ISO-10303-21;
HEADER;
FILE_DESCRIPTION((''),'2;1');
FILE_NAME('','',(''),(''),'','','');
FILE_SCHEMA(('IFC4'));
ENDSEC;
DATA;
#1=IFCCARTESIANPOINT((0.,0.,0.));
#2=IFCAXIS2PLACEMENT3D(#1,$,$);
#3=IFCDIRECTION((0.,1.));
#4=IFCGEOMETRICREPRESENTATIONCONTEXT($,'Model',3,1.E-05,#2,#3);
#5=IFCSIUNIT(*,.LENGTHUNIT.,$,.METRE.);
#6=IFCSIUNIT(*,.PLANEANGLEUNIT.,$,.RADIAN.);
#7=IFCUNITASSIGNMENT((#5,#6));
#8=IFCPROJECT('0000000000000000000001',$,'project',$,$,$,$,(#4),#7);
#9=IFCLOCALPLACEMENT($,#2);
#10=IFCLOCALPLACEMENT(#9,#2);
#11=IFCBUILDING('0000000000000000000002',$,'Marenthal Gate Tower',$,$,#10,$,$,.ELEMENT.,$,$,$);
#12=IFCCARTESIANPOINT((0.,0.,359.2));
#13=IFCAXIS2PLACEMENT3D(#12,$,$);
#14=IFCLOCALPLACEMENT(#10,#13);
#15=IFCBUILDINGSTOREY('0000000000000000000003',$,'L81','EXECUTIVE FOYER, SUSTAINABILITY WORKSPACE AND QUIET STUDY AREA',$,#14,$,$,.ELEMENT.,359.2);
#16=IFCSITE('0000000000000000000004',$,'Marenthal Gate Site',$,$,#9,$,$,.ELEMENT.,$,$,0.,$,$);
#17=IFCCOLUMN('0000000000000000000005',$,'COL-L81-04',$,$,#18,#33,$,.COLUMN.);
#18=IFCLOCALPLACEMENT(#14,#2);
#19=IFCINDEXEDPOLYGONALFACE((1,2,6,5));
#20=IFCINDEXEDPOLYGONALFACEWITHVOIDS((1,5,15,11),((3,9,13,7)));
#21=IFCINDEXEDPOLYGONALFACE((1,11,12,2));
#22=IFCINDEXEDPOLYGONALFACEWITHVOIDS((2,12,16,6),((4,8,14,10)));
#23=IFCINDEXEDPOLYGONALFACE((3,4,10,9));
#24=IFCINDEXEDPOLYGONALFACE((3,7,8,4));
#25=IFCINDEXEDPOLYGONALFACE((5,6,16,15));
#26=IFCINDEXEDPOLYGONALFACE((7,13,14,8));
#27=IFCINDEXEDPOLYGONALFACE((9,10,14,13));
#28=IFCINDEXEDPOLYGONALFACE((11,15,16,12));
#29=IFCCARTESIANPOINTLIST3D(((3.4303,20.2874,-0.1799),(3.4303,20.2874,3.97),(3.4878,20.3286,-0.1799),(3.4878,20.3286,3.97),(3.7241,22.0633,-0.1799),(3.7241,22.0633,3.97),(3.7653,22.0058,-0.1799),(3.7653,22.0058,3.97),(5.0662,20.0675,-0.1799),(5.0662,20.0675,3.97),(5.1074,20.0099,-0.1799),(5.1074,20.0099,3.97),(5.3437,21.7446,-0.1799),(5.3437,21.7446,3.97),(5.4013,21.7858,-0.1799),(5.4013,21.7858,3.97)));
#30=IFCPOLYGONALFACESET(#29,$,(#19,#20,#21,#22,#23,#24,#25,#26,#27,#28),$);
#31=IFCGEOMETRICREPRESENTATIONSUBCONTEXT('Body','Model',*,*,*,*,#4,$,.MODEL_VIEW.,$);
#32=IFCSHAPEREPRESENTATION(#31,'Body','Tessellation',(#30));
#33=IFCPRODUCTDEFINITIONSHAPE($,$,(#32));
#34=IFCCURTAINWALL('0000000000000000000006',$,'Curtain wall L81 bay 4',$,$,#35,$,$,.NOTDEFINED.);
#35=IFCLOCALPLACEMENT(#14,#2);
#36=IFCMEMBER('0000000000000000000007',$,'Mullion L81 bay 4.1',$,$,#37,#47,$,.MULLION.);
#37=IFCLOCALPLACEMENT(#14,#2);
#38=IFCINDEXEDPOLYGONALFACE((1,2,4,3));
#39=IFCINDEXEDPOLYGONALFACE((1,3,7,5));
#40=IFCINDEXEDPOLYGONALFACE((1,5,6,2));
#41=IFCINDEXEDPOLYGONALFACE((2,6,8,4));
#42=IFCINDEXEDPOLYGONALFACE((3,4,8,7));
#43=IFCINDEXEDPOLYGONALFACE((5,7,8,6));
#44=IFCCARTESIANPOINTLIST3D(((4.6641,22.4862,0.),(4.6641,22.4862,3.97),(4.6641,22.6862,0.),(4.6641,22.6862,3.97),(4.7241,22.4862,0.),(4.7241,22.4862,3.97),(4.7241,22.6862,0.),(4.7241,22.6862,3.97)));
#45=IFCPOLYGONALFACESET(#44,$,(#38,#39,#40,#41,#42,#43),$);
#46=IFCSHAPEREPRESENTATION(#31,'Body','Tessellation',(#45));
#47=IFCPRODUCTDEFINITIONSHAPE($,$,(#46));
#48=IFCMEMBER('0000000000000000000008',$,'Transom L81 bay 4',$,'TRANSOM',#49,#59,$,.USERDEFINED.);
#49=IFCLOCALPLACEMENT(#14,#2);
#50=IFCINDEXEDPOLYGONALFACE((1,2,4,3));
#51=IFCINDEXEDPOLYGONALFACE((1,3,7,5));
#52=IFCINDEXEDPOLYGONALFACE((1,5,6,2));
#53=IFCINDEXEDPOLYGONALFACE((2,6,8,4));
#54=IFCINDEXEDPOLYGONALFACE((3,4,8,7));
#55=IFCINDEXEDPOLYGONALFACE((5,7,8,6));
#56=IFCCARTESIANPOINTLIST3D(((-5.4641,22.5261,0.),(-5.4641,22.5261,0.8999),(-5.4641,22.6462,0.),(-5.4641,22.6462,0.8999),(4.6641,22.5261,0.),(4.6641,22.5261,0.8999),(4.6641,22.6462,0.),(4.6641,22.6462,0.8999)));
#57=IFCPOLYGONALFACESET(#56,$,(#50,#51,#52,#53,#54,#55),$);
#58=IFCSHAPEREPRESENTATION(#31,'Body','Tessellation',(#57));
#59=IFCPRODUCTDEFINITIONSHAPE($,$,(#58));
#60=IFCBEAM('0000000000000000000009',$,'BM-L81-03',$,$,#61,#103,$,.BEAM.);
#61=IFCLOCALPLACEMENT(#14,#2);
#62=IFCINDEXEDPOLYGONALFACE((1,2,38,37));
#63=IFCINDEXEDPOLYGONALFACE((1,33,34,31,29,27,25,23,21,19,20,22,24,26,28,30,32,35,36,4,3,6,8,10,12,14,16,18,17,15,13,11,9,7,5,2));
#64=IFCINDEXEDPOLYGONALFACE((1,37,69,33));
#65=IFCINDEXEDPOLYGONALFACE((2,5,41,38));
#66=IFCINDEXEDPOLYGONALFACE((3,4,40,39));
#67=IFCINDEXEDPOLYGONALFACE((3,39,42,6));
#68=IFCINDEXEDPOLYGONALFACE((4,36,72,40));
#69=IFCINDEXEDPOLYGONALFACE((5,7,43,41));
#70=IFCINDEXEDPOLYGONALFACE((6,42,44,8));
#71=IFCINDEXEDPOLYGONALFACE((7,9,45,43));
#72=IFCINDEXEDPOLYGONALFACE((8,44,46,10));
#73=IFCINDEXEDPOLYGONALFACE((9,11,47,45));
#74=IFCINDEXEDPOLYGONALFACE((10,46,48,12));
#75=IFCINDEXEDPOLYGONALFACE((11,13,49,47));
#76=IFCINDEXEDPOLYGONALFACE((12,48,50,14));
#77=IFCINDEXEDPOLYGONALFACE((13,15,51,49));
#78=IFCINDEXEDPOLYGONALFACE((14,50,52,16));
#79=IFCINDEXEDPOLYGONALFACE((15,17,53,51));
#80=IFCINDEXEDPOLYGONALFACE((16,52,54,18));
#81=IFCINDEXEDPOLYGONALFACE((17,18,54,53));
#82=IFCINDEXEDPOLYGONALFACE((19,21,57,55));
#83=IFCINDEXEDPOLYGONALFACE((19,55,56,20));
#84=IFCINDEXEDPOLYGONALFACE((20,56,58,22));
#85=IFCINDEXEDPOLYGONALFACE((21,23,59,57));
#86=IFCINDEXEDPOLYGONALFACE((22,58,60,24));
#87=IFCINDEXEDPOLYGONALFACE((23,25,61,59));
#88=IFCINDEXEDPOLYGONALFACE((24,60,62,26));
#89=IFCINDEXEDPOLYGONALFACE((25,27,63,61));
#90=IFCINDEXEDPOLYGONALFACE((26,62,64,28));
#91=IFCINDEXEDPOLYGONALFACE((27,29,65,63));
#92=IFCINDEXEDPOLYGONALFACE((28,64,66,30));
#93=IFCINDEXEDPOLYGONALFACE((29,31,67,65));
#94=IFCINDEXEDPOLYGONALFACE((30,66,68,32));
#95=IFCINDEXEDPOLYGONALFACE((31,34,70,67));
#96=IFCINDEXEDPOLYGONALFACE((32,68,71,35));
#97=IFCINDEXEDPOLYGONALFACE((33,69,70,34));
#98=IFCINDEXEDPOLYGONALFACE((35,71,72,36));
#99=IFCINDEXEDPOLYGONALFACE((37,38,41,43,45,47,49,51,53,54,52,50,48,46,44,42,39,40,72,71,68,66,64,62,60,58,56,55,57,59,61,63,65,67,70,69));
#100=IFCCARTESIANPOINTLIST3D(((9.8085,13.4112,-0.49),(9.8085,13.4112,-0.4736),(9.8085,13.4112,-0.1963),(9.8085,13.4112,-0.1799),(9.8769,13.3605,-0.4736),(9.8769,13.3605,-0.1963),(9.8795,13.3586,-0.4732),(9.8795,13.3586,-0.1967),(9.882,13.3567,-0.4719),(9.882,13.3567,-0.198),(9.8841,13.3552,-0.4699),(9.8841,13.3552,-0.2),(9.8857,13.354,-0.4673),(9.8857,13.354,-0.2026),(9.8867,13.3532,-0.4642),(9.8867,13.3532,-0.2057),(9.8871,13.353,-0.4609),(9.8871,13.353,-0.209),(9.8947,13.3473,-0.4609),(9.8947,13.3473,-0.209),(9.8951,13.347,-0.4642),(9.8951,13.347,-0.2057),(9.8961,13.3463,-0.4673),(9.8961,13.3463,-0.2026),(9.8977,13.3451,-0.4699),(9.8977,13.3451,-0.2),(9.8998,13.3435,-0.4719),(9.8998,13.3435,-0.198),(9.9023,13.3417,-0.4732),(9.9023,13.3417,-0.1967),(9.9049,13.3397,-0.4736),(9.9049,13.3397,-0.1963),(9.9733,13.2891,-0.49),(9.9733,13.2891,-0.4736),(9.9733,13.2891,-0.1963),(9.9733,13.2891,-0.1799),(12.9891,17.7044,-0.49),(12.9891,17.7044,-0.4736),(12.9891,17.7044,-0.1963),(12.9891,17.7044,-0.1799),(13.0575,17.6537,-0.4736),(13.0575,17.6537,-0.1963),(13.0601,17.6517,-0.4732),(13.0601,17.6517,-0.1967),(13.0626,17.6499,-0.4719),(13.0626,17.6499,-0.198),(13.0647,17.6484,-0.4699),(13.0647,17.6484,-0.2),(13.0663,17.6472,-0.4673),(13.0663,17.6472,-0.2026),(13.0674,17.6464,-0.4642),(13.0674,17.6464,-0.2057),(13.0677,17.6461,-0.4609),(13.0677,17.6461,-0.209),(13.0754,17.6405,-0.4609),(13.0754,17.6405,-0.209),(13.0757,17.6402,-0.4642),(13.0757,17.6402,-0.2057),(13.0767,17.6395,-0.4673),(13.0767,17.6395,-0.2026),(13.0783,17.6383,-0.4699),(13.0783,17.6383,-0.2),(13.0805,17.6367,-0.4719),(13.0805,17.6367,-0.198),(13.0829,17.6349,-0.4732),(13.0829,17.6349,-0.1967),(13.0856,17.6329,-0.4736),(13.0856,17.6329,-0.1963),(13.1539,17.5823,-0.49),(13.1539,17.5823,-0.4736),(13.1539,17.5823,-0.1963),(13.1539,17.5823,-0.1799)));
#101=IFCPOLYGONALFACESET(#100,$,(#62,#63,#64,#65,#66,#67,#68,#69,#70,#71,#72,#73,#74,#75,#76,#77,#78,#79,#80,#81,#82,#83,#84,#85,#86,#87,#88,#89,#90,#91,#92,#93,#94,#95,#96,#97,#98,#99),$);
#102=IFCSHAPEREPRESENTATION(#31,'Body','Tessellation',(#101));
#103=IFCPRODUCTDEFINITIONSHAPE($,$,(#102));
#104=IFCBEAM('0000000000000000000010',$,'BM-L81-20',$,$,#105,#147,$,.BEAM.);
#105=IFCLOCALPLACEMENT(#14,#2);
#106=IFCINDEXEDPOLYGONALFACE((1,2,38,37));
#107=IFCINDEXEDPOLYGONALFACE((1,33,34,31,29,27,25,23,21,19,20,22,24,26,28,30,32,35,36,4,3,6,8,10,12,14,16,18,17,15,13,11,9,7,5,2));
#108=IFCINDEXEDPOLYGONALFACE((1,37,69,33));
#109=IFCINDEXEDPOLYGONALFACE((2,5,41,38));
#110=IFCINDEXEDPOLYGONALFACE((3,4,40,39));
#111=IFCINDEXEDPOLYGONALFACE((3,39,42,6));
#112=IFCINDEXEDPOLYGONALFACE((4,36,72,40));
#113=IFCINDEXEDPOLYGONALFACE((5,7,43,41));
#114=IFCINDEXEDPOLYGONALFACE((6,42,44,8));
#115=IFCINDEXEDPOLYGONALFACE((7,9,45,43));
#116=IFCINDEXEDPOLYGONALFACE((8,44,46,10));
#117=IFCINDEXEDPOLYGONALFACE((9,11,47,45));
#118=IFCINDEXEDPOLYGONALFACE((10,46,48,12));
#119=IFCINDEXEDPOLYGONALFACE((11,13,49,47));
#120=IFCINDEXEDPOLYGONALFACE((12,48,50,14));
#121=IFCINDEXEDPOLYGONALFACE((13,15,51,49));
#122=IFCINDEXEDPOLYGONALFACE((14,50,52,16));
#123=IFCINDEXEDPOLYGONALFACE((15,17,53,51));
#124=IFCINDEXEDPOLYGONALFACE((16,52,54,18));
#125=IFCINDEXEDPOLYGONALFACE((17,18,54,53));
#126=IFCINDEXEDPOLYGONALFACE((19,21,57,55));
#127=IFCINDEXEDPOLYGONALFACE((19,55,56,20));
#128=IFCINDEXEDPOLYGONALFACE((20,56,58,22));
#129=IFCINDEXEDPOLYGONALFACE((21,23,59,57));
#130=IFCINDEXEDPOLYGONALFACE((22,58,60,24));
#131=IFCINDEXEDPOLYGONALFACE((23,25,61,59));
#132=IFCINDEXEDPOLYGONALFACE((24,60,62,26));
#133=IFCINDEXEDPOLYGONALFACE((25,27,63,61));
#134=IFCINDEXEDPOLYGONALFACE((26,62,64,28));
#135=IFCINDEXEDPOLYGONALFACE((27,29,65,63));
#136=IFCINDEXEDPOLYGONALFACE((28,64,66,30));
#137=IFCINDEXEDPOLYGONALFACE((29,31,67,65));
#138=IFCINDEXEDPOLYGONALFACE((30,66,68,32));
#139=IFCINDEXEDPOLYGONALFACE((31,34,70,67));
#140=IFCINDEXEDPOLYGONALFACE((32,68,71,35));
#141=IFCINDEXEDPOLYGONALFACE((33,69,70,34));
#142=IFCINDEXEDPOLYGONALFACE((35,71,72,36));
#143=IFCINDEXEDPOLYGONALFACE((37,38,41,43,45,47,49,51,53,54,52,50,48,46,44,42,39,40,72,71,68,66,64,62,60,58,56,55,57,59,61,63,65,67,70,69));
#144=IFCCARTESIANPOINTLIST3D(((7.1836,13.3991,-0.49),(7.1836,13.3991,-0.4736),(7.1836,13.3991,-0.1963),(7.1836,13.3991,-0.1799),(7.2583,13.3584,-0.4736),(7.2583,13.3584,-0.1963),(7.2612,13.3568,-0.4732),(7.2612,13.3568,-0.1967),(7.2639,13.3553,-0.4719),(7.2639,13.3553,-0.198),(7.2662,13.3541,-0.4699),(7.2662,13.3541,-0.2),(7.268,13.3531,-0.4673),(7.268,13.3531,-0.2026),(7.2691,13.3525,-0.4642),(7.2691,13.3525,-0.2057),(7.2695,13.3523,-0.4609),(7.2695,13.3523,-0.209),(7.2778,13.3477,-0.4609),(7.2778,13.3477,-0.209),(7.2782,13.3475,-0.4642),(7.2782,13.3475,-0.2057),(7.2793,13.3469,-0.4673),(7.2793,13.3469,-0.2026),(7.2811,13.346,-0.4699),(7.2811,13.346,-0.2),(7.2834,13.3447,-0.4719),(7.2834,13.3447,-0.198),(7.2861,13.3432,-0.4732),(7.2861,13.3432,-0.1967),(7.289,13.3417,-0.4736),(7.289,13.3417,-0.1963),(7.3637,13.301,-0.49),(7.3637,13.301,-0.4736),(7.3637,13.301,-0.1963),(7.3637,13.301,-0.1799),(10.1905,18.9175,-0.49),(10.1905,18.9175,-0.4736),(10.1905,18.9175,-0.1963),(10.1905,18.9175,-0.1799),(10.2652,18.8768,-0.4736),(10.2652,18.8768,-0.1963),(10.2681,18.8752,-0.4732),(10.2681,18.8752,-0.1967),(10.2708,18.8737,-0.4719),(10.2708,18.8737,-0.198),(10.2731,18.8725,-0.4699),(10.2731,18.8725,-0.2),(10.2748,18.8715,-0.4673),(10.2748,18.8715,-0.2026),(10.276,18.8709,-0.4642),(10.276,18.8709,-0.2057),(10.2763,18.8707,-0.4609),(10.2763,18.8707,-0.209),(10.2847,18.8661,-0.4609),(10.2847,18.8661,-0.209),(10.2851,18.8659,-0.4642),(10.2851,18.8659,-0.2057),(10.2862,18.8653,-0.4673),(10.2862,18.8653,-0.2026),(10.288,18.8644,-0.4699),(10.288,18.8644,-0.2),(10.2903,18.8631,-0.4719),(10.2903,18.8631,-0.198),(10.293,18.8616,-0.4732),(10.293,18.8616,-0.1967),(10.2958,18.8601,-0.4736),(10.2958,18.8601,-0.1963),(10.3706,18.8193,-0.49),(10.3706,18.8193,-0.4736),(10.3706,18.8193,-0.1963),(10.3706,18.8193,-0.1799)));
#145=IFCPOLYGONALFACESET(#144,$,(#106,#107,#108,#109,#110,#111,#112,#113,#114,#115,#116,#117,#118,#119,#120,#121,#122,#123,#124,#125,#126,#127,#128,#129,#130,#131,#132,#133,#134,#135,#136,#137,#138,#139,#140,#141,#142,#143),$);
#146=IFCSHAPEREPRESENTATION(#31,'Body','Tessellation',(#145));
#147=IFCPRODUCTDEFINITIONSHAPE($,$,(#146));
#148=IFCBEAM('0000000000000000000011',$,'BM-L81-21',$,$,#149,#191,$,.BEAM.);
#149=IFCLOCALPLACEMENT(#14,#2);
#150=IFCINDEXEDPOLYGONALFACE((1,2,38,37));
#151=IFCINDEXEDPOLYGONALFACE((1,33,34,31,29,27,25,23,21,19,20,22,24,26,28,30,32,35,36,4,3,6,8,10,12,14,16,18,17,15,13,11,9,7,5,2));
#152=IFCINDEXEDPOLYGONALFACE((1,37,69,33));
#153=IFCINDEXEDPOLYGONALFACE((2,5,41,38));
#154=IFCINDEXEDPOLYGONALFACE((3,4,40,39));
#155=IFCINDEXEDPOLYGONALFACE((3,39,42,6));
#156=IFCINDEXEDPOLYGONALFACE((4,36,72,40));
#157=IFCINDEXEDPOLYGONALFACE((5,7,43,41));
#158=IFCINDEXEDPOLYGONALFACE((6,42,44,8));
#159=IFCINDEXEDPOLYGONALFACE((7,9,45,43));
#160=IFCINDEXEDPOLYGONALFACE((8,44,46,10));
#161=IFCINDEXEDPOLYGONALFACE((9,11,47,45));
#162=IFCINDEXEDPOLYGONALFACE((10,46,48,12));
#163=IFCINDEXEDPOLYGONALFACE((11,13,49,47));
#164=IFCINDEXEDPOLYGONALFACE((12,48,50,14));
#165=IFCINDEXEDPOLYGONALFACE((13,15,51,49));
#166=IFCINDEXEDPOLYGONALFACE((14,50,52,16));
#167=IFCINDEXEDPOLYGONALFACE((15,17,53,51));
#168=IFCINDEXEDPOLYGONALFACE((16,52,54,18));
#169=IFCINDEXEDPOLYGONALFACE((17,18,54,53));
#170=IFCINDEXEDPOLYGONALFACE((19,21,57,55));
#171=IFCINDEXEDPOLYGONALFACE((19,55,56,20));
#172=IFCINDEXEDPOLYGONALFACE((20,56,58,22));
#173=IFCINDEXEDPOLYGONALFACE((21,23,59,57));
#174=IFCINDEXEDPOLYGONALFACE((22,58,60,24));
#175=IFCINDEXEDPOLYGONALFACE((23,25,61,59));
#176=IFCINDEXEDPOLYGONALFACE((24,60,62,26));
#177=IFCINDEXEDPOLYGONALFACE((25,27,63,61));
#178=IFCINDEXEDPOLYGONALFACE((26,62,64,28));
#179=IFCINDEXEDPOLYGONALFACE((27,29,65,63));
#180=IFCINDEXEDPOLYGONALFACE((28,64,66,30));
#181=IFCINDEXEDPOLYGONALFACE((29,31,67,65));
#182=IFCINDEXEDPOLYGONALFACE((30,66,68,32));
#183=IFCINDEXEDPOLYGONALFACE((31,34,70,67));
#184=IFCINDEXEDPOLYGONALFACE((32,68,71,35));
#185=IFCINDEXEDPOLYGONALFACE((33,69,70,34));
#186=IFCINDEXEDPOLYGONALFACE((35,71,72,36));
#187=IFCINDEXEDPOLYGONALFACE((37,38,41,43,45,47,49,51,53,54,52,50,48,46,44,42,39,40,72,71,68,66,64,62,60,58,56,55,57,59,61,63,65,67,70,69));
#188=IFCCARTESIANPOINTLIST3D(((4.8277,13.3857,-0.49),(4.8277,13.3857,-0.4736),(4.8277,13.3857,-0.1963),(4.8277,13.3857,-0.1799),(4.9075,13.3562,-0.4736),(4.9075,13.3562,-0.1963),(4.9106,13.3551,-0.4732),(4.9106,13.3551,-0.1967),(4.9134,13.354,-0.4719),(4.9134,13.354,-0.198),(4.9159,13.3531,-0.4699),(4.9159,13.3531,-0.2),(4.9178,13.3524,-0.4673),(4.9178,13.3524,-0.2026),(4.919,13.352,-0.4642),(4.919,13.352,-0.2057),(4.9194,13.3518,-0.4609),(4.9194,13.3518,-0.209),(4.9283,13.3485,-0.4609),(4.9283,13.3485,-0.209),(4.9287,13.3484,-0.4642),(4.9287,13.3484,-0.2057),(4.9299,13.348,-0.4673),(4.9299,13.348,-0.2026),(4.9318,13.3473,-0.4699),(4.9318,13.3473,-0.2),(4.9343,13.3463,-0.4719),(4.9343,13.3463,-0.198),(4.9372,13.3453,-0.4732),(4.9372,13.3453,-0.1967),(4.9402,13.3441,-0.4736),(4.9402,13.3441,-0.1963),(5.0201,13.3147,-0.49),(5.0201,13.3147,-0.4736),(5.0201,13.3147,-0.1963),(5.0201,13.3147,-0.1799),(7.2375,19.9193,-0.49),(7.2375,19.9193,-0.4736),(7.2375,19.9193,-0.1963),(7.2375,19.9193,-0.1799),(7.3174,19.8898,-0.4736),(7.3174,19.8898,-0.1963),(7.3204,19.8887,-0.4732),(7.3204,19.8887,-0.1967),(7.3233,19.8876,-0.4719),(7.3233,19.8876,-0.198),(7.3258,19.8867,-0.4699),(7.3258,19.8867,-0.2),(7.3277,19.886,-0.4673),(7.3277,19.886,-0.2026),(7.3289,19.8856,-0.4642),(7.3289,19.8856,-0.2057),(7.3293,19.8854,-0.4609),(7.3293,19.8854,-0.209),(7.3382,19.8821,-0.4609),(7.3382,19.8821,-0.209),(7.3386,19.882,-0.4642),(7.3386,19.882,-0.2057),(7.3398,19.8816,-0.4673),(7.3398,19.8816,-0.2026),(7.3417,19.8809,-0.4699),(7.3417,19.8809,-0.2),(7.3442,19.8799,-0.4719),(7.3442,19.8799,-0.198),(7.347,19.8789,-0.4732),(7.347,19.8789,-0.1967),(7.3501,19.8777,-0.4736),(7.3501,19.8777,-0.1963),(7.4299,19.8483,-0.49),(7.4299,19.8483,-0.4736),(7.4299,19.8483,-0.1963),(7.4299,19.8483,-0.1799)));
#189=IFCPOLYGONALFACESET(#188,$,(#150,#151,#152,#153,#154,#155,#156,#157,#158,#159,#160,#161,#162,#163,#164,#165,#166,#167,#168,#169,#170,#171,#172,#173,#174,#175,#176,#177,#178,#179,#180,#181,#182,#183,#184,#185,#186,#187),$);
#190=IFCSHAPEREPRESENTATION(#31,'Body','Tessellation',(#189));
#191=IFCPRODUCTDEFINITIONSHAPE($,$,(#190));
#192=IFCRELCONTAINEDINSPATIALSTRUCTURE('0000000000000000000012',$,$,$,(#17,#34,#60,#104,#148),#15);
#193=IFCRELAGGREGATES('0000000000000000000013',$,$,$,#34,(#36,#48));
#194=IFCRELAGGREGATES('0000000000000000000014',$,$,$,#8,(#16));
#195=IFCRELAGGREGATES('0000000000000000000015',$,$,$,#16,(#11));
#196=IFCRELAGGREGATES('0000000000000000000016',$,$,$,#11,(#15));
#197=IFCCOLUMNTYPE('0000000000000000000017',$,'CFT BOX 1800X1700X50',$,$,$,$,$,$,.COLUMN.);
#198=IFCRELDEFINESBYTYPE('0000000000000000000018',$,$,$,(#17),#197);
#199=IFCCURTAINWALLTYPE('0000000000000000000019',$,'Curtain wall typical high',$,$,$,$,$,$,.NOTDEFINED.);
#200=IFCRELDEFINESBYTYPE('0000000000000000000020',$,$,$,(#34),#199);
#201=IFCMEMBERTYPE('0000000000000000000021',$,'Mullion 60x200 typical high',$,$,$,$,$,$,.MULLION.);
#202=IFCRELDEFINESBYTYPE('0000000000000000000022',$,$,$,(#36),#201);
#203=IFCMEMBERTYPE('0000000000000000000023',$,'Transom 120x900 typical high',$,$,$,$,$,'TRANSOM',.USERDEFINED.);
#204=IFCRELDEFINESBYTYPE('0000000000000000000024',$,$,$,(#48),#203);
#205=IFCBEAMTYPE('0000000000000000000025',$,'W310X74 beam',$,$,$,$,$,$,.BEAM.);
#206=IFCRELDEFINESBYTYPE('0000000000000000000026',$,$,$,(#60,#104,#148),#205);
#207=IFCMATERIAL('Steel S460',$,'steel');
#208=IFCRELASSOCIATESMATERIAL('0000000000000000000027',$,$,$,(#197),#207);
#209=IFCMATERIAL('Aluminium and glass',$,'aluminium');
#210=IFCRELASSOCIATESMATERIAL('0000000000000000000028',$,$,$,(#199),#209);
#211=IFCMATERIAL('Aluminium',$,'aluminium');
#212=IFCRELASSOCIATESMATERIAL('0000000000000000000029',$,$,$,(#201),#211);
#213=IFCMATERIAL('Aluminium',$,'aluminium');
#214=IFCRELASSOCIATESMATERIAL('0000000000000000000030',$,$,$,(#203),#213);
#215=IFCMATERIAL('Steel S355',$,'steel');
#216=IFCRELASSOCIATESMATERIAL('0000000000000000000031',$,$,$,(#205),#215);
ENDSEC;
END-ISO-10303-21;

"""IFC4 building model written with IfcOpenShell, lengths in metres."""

from ifc_helpers import new_model, si_unit, direction, frame, origin, origin_2d, place, context, subcontext, project, spatial, rectangle, hollow_rectangle, i_section, extrude, material, material_profile, profile_set, type_object, element, aggregate, save


model = new_model("IFC4")

# Units and contexts
model_context = context("Model", 3, precision=1e-05, world=origin(), true_north=direction((0.0, 1.0)))
body_context = subcontext(model_context, "Body", "Model", "MODEL_VIEW")
ifc_project = project(units=[si_unit("LENGTHUNIT", "METRE"), si_unit("PLANEANGLEUNIT", "RADIAN")], contexts=[model_context])

# Site, building, storey
site_placement = place(None, origin())
site = spatial("IfcSite", under=ifc_project, at=site_placement, Name="Marenthal Gate Site", CompositionType="ELEMENT", RefElevation=0.0)
building_placement = place(site_placement, origin())
building = spatial("IfcBuilding", under=site, at=building_placement, Name="Marenthal Gate Tower", CompositionType="ELEMENT")
storey_placement = place(building_placement, frame((0.0, 0.0, 359.2)))
storey = spatial("IfcBuildingStorey", under=building, at=storey_placement, Name="L81", Description="EXECUTIVE FOYER, SUSTAINABILITY WORKSPACE AND QUIET STUDY AREA", CompositionType="ELEMENT", Elevation=359.2)

# Column
ifc_material_1 = material(Name="Steel S460", Category="steel")
ifc_material_profile_1 = material_profile(ifc_material_1, hollow_rectangle(XDim=1.7, YDim=1.8, WallThickness=0.05, at=origin_2d()), Name="CFT BOX 1800X1700X50")
ifc_material_2 = material(Name="Concrete 70 MPa", Category="concrete")
ifc_material_profile_2 = material_profile(ifc_material_2, rectangle(XDim=1.6001, YDim=1.7, at=origin_2d()), Name="CFT BOX 1800X1700X50 INFILL")
ifc_profile_set_1 = profile_set([ifc_material_profile_1, ifc_material_profile_2], Name="Steel S460 shell, Concrete 70 MPa infill")
column_type = type_object("IfcColumnType", Name="CFT BOX 1800X1700X50", PredefinedType="COLUMN", material=ifc_profile_set_1)
column_placement = place(storey_placement, frame((4.4158, 21.0366, -0.1799), z_axis=(0.0, 0.0, 1.0), x_axis=(0.98659, -0.163221, 0.0)))
element("IfcColumn", 1, at=column_placement, inside=storey, type_object=column_type, Name="COL-L81-04", PredefinedType="COLUMN", context=body_context, shape_type="SweptSolid", body=[
    extrude(hollow_rectangle(XDim=1.7, YDim=1.8, WallThickness=0.05, at=origin_2d()), origin(), (0.0, 0.0, 1.0), 4.1499),
])

# Curtain wall, members
ifc_material_3 = material(Name="Aluminium and glass", Category="aluminium")
curtain_wall_type = type_object("IfcCurtainWallType", Name="Curtain wall typical high", PredefinedType="NOTDEFINED", material=ifc_material_3)
curtain_wall_placement = place(storey_placement, origin())
curtain_wall = element("IfcCurtainWall", 2, at=curtain_wall_placement, inside=storey, type_object=curtain_wall_type, Name="Curtain wall L81 bay 4", PredefinedType="NOTDEFINED")
ifc_material_4 = material(Name="Aluminium", Category="aluminium")
ifc_material_profile_3 = material_profile(ifc_material_4, rectangle(XDim=0.2, YDim=0.0601, at=origin_2d()), Name="60x200 aluminium mullion")
ifc_profile_set_2 = profile_set([ifc_material_profile_3], Name="Aluminium")
member_type_1 = type_object("IfcMemberType", Name="Mullion 60x200 typical high", PredefinedType="MULLION", material=ifc_profile_set_2)
member_1_placement = place(storey_placement, frame((4.6941, 22.5862, 0.0), z_axis=(0.0, 0.0, 1.0), x_axis=(0.0, -1.0, 0.0)))
member_1 = element("IfcMember", 3, at=member_1_placement, type_object=member_type_1, Name="Mullion L81 bay 4.1", PredefinedType="MULLION", context=body_context, shape_type="SweptSolid", body=[
    extrude(rectangle(XDim=0.2, YDim=0.0601, at=origin_2d()), origin(), (0.0, 0.0, 1.0), 3.97),
])
ifc_material_5 = material(Name="Aluminium", Category="aluminium")
ifc_material_profile_4 = material_profile(ifc_material_5, rectangle(XDim=0.1201, YDim=0.8999, at=origin_2d()), Name="120x900 aluminium transom")
ifc_profile_set_3 = profile_set([ifc_material_profile_4], Name="Aluminium")
member_type_2 = type_object("IfcMemberType", Name="Transom 120x900 typical high", ElementType="TRANSOM", PredefinedType="USERDEFINED", material=ifc_profile_set_3)
member_2_placement = place(storey_placement, frame((4.6641, 22.5862, 0.45), z_axis=(-1.0, 0.0, 0.0), x_axis=(0.0, -1.0, 0.0)))
member_2 = element("IfcMember", 4, at=member_2_placement, type_object=member_type_2, Name="Transom L81 bay 4", ObjectType="TRANSOM", PredefinedType="USERDEFINED", context=body_context, shape_type="SweptSolid", body=[
    extrude(rectangle(XDim=0.1201, YDim=0.8999, at=origin_2d()), origin(), (0.0, 0.0, 1.0), 10.1282),
])

# Beams
ifc_material_6 = material(Name="Steel S355", Category="steel")
ifc_material_profile_5 = material_profile(ifc_material_6, i_section(OverallWidth=0.2051, OverallDepth=0.3101, WebThickness=0.0095, FlangeThickness=0.0164, FilletRadius=0.0127, at=origin_2d()), Name="W310X74")
ifc_profile_set_4 = profile_set([ifc_material_profile_5], Name="Steel S355")
beam_type_1 = type_object("IfcBeamType", Name="W310X74 beam", PredefinedType="BEAM", material=ifc_profile_set_4)
beam_1_placement = place(storey_placement, frame((13.0715, 17.6433, -0.335), z_axis=(-0.595289, -0.803512, 0.0), x_axis=(0.803512, -0.595289, 0.0)))
element("IfcBeam", 5, at=beam_1_placement, inside=storey, type_object=beam_type_1, Name="BM-L81-03", PredefinedType="BEAM", context=body_context, shape_type="SweptSolid", body=[
    extrude(i_section(OverallWidth=0.2051, OverallDepth=0.3101, WebThickness=0.0095, FlangeThickness=0.0164, FilletRadius=0.0127, at=origin_2d()), origin(), (0.0, 0.0, 1.0), 5.343),
])
beam_2_placement = place(storey_placement, frame((10.2805, 18.8684, -0.335), z_axis=(-0.478466, -0.878106, 0.0), x_axis=(0.878106, -0.478466, 0.0)))
element("IfcBeam", 6, at=beam_2_placement, inside=storey, type_object=beam_type_1, Name="BM-L81-20", PredefinedType="BEAM", context=body_context, shape_type="SweptSolid", body=[
    extrude(i_section(OverallWidth=0.2051, OverallDepth=0.3101, WebThickness=0.0095, FlangeThickness=0.0164, FilletRadius=0.0127, at=origin_2d()), origin(), (0.0, 0.0, 1.0), 6.2844),
])
beam_3_placement = place(storey_placement, frame((7.3337, 19.8838, -0.335), z_axis=(-0.346055, -0.938214, 0.0), x_axis=(0.938214, -0.346055, 0.0)))
element("IfcBeam", 7, at=beam_3_placement, inside=storey, type_object=beam_type_1, Name="BM-L81-21", PredefinedType="BEAM", context=body_context, shape_type="SweptSolid", body=[
    extrude(i_section(OverallWidth=0.2051, OverallDepth=0.3101, WebThickness=0.0095, FlangeThickness=0.0164, FilletRadius=0.0127, at=origin_2d()), origin(), (0.0, 0.0, 1.0), 6.9639),
])

aggregate(curtain_wall, [member_1, member_2])

save(model, "model.ifc")
